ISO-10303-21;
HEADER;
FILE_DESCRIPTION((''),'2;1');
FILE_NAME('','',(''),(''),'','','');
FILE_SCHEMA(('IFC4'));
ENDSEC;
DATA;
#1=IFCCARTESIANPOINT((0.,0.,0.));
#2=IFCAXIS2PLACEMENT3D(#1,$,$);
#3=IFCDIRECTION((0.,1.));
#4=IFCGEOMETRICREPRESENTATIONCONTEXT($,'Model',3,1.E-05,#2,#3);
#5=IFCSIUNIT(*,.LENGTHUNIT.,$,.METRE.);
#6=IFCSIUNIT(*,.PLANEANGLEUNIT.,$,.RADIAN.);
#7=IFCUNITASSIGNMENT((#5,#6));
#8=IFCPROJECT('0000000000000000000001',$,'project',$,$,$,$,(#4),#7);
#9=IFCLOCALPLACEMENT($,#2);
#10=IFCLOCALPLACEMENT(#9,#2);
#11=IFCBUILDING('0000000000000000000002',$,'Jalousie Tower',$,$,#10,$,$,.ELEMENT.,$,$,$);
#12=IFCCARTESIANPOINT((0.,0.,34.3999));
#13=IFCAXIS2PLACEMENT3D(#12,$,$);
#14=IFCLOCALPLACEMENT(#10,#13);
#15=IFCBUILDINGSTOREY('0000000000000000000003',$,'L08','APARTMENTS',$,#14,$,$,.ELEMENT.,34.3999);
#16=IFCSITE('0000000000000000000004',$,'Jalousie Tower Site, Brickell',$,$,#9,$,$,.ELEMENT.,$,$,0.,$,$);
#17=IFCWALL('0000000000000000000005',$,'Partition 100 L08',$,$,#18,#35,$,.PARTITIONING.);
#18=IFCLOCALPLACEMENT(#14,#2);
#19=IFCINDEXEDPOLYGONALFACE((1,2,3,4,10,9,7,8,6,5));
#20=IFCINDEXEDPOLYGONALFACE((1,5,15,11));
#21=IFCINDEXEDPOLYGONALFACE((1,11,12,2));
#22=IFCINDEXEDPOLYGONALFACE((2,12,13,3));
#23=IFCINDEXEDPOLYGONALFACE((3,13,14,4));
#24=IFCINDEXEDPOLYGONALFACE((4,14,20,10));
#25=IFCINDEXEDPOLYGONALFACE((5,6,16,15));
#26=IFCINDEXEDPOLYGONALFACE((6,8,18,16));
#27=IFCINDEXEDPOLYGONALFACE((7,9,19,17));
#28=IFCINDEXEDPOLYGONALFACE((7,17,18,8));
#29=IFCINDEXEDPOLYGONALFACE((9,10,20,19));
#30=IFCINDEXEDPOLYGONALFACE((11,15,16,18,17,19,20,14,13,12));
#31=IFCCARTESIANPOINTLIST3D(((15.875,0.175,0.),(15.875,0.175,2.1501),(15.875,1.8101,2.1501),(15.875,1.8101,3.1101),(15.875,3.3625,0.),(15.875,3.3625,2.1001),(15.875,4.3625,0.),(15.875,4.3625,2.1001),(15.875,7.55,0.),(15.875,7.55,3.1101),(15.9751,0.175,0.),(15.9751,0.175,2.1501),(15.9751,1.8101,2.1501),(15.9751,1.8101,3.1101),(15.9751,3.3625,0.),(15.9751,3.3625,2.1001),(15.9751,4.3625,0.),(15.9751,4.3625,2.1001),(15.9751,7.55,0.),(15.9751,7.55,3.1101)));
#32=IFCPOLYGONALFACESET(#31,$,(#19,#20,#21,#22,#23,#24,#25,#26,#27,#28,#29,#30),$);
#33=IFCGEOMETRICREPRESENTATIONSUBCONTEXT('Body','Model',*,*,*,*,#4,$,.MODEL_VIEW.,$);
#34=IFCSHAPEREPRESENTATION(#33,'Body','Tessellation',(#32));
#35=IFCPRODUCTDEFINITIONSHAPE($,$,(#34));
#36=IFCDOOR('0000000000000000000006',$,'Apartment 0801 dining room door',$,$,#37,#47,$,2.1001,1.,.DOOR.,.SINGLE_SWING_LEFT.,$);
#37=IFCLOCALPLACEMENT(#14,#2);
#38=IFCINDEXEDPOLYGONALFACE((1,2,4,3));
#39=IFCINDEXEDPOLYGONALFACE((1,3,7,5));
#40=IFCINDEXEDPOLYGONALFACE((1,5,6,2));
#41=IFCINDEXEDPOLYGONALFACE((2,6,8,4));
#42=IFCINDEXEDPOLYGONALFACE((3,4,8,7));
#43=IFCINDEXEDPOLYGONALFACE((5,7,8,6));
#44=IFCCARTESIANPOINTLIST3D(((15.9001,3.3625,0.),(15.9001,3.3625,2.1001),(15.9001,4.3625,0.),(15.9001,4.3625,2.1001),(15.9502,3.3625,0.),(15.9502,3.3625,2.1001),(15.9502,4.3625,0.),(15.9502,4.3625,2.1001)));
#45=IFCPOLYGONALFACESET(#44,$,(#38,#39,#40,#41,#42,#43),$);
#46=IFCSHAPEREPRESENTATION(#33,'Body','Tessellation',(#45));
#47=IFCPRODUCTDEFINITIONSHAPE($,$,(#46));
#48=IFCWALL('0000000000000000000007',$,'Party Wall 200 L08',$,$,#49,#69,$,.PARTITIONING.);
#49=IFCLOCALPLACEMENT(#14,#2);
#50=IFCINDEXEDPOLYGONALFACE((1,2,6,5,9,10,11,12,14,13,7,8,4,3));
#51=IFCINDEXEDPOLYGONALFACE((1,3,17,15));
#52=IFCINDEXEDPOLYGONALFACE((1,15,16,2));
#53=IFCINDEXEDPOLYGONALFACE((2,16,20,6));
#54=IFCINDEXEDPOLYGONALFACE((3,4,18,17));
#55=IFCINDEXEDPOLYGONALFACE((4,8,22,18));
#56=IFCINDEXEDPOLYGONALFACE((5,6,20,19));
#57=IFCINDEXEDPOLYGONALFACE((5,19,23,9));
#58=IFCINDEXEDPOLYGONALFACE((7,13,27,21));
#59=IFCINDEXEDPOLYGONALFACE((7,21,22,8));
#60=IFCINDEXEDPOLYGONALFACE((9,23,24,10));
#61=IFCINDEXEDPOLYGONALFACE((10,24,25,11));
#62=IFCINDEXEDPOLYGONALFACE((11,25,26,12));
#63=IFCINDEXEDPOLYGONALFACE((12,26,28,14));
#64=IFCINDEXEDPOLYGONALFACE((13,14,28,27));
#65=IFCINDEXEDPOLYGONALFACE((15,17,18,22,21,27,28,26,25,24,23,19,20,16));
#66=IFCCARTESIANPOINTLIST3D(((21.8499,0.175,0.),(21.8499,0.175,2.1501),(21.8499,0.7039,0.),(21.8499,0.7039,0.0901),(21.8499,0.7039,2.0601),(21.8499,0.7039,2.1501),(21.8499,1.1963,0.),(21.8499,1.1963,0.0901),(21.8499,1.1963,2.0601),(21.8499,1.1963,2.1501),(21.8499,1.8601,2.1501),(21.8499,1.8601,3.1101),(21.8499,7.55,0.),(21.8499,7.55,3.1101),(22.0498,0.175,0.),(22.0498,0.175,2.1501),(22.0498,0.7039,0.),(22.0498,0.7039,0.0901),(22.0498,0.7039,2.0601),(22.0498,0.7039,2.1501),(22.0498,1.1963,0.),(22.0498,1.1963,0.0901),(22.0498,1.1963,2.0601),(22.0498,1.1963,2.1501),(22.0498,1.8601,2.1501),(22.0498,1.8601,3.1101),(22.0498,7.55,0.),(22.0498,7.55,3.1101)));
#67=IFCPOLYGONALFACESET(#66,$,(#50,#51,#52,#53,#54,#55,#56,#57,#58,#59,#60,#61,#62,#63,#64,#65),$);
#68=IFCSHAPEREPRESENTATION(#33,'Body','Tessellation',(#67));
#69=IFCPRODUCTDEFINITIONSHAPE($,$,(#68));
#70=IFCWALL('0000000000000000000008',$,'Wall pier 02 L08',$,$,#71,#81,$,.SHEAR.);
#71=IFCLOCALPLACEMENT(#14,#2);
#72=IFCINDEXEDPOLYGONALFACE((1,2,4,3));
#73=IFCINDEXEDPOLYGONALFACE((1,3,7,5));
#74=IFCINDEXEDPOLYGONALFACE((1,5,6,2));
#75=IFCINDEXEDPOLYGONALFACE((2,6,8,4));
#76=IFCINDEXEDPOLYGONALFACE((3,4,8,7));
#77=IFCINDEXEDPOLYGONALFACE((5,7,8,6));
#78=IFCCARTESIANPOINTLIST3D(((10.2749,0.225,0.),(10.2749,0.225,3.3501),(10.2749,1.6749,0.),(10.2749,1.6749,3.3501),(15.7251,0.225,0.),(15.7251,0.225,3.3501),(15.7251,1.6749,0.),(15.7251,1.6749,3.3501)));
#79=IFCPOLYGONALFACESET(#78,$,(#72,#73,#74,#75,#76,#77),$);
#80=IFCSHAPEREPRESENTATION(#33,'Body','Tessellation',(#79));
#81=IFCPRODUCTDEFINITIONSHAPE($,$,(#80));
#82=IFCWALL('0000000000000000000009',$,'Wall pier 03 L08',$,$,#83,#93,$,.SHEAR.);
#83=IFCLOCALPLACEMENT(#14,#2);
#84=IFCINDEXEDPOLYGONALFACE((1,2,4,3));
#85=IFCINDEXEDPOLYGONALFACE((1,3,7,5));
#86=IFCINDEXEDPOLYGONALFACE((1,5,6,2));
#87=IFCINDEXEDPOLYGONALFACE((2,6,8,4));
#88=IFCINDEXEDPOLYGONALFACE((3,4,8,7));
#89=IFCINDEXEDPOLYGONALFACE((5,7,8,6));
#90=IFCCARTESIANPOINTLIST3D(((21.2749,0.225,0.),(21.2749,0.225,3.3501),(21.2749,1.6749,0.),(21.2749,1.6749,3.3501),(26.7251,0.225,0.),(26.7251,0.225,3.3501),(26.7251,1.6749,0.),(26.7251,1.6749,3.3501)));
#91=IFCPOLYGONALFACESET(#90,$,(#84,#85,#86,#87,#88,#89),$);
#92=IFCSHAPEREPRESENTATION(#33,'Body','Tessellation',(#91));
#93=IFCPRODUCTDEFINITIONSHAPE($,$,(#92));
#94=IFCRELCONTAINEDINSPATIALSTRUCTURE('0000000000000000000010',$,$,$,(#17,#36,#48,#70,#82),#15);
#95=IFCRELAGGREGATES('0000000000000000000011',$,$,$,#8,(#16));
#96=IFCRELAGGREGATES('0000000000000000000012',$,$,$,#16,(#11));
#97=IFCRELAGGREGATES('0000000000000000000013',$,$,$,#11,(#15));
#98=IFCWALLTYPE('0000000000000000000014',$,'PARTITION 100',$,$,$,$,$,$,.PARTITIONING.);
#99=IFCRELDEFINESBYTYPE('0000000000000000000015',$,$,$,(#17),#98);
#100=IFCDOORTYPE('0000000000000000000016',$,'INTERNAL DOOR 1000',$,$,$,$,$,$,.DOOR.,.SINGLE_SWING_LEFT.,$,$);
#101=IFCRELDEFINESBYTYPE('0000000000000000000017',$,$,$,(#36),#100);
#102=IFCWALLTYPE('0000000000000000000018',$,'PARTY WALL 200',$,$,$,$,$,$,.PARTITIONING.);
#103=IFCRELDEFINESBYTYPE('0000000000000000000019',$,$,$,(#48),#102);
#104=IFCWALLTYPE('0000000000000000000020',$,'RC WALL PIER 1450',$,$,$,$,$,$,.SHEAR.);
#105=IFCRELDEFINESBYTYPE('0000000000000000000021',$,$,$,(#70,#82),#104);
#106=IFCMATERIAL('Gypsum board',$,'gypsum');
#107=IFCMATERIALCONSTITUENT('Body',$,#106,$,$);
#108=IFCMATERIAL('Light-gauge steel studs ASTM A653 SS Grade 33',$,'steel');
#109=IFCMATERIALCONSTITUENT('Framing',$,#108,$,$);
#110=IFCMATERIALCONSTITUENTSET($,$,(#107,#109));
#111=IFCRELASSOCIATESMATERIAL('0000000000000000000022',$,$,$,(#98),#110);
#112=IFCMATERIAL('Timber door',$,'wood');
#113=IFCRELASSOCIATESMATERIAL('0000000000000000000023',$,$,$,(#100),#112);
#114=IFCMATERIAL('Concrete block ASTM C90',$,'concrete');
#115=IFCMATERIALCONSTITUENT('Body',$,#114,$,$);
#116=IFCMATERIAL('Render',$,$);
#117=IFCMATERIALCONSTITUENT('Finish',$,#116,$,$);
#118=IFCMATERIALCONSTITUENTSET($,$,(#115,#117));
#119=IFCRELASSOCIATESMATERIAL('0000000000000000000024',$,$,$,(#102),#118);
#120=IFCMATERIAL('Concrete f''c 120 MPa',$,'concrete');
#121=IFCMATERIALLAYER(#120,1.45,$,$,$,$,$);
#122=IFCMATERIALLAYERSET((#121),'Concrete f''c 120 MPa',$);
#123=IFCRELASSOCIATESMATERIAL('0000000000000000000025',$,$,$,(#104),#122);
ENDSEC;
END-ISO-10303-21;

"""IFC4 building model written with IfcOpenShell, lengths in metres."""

from ifc_helpers import new_model, si_unit, direction, frame, frame_2d, origin, place, context, subcontext, project, spatial, polyline, rectangle, outline, extrude, material, layer, layer_set, constituent, constituent_set, type_object, element, fill, save


model = new_model("IFC4")

# Units and contexts
model_context = context("Model", 3, precision=1e-05, world=origin(), true_north=direction((0.0, 1.0)))
body_context = subcontext(model_context, "Body", "Model", "MODEL_VIEW")
ifc_project = project(units=[si_unit("LENGTHUNIT", "METRE"), si_unit("PLANEANGLEUNIT", "RADIAN")], contexts=[model_context])

# Site, building, storey
site_placement = place(None, origin())
site = spatial("IfcSite", under=ifc_project, at=site_placement, Name="Jalousie Tower Site, Brickell", CompositionType="ELEMENT", RefElevation=0.0)
building_placement = place(site_placement, origin())
building = spatial("IfcBuilding", under=site, at=building_placement, Name="Jalousie Tower", CompositionType="ELEMENT")
storey_placement = place(building_placement, frame((0.0, 0.0, 34.3999)))
storey = spatial("IfcBuildingStorey", under=building, at=storey_placement, Name="L08", Description="APARTMENTS", CompositionType="ELEMENT", Elevation=34.3999)

# Wall, opening, door
ifc_material_1 = material(Name="Gypsum board", Category="gypsum")
ifc_constituent_1 = constituent(ifc_material_1, Name="Body")
ifc_material_2 = material(Name="Light-gauge steel studs ASTM A653 SS Grade 33", Category="steel")
ifc_constituent_2 = constituent(ifc_material_2, Name="Framing")
ifc_constituent_set_1 = constituent_set(constituents=[ifc_constituent_1, ifc_constituent_2])
wall_type_1 = type_object("IfcWallType", Name="PARTITION 100", PredefinedType="PARTITIONING", material=ifc_constituent_set_1)
wall_1_placement = place(storey_placement, frame((15.925, 0.175, 0.0), z_axis=(0.0, 0.0, 1.0), x_axis=(0.0, 1.0, 0.0)))
wall_1 = element("IfcWall", 1, at=wall_1_placement, inside=storey, type_object=wall_type_1, Name="Partition 100 L08", PredefinedType="PARTITIONING", context=body_context, shape_type="SweptSolid", body=[
    extrude(outline(polyline([(0.0, 0.0), (7.375, 0.0), (7.375, 3.1101), (1.635, 3.1101), (1.635, 2.1501), (0.0, 2.1501), (0.0, 3.1101), (0.0, 0.0)])), frame((0.0, 0.05, 0.0), z_axis=(0.0, -1.0, 0.0), x_axis=(1.0, 0.0, 0.0)), (0.0, 0.0, 1.0), 0.1001),
])
opening_placement = place(wall_1_placement, frame((3.1875, 0.0, 0.0)))
opening = element("IfcOpeningElement", 2, at=opening_placement, cuts=wall_1, PredefinedType="OPENING", context=body_context, shape_type="SweptSolid", body=[
    extrude(rectangle(XDim=1.0, YDim=2.1001, at=frame_2d((0.5, 1.05))), frame((0.0, 0.0601, 0.0), z_axis=(0.0, -1.0, 0.0), x_axis=(1.0, 0.0, 0.0)), (0.0, 0.0, 1.0), 0.1201),
])
ifc_material_3 = material(Name="Timber door", Category="wood")
door_type = type_object("IfcDoorType", Name="INTERNAL DOOR 1000", OperationType="SINGLE_SWING_LEFT", PredefinedType="DOOR", material=ifc_material_3)
door_placement = place(opening_placement, origin())
door = element("IfcDoor", 3, at=door_placement, inside=storey, type_object=door_type, Name="Apartment 0801 dining room door", OperationType="SINGLE_SWING_LEFT", OverallHeight=2.1001, OverallWidth=1.0, PredefinedType="DOOR", context=body_context, shape_type="SweptSolid", body=[
    extrude(rectangle(XDim=1.0, YDim=2.1001, at=frame_2d((0.5, 1.05))), frame((0.0, 0.0249, 0.0), z_axis=(0.0, -1.0, 0.0), x_axis=(1.0, 0.0, 0.0)), (0.0, 0.0, 1.0), 0.05),
])
fill(opening, door)

# Walls
ifc_material_4 = material(Name="Concrete block ASTM C90", Category="concrete")
ifc_constituent_3 = constituent(ifc_material_4, Name="Body")
ifc_material_5 = material(Name="Render")
ifc_constituent_4 = constituent(ifc_material_5, Name="Finish")
ifc_constituent_set_2 = constituent_set(constituents=[ifc_constituent_3, ifc_constituent_4])
wall_type_2 = type_object("IfcWallType", Name="PARTY WALL 200", PredefinedType="PARTITIONING", material=ifc_constituent_set_2)
wall_2_placement = place(storey_placement, frame((21.95, 0.175, 0.0), z_axis=(0.0, 0.0, 1.0), x_axis=(0.0, 1.0, 0.0)))
element("IfcWall", 4, at=wall_2_placement, inside=storey, type_object=wall_type_2, Name="Party Wall 200 L08", PredefinedType="PARTITIONING", context=body_context, shape_type="SweptSolid", body=[
    extrude(outline(polyline([(0.5288, 2.1501), (0.0, 2.1501), (0.0, 0.0), (0.5288, 0.0), (0.5288, 0.0901), (1.0212, 0.0901), (1.0212, 0.0), (7.375, 0.0), (7.375, 3.1101), (1.6851, 3.1101), (1.6851, 2.1501), (1.0212, 2.1501), (1.0212, 2.0601), (0.5288, 2.0601), (0.5288, 2.1501)])), frame((0.0, 0.1001, 0.0), z_axis=(0.0, -1.0, 0.0), x_axis=(1.0, 0.0, 0.0)), (0.0, 0.0, 1.0), 0.2),
])
ifc_material_6 = material(Name="Concrete f'c 120 MPa", Category="concrete")
ifc_layer_1 = layer(ifc_material_6, 1.45)
ifc_layer_set_1 = layer_set([ifc_layer_1], Name="Concrete f'c 120 MPa")
wall_type_3 = type_object("IfcWallType", Name="RC WALL PIER 1450", PredefinedType="SHEAR", material=ifc_layer_set_1)
for number, where, z_axis, x_axis, name in (
    (5, (10.2749, 0.95, 0.0), (0.0, 0.0, 1.0), (1.0, 0.0, 0.0), "Wall pier 02 L08"),
    (6, (21.2749, 0.95, 0.0), (0.0, 0.0, 1.0), (1.0, 0.0, 0.0), "Wall pier 03 L08"),
):
    element("IfcWall", number, at=place(storey_placement, frame(where, z_axis=z_axis, x_axis=x_axis)), inside=storey, type_object=wall_type_3, Name=name, PredefinedType="SHEAR", context=body_context, shape_type="SweptSolid", body=[
        extrude(rectangle(XDim=5.4502, YDim=1.45, at=frame_2d((2.7251, 0.0))), origin(), (0.0, 0.0, 1.0), 3.3501),
    ])

save(model, "model.ifc")
